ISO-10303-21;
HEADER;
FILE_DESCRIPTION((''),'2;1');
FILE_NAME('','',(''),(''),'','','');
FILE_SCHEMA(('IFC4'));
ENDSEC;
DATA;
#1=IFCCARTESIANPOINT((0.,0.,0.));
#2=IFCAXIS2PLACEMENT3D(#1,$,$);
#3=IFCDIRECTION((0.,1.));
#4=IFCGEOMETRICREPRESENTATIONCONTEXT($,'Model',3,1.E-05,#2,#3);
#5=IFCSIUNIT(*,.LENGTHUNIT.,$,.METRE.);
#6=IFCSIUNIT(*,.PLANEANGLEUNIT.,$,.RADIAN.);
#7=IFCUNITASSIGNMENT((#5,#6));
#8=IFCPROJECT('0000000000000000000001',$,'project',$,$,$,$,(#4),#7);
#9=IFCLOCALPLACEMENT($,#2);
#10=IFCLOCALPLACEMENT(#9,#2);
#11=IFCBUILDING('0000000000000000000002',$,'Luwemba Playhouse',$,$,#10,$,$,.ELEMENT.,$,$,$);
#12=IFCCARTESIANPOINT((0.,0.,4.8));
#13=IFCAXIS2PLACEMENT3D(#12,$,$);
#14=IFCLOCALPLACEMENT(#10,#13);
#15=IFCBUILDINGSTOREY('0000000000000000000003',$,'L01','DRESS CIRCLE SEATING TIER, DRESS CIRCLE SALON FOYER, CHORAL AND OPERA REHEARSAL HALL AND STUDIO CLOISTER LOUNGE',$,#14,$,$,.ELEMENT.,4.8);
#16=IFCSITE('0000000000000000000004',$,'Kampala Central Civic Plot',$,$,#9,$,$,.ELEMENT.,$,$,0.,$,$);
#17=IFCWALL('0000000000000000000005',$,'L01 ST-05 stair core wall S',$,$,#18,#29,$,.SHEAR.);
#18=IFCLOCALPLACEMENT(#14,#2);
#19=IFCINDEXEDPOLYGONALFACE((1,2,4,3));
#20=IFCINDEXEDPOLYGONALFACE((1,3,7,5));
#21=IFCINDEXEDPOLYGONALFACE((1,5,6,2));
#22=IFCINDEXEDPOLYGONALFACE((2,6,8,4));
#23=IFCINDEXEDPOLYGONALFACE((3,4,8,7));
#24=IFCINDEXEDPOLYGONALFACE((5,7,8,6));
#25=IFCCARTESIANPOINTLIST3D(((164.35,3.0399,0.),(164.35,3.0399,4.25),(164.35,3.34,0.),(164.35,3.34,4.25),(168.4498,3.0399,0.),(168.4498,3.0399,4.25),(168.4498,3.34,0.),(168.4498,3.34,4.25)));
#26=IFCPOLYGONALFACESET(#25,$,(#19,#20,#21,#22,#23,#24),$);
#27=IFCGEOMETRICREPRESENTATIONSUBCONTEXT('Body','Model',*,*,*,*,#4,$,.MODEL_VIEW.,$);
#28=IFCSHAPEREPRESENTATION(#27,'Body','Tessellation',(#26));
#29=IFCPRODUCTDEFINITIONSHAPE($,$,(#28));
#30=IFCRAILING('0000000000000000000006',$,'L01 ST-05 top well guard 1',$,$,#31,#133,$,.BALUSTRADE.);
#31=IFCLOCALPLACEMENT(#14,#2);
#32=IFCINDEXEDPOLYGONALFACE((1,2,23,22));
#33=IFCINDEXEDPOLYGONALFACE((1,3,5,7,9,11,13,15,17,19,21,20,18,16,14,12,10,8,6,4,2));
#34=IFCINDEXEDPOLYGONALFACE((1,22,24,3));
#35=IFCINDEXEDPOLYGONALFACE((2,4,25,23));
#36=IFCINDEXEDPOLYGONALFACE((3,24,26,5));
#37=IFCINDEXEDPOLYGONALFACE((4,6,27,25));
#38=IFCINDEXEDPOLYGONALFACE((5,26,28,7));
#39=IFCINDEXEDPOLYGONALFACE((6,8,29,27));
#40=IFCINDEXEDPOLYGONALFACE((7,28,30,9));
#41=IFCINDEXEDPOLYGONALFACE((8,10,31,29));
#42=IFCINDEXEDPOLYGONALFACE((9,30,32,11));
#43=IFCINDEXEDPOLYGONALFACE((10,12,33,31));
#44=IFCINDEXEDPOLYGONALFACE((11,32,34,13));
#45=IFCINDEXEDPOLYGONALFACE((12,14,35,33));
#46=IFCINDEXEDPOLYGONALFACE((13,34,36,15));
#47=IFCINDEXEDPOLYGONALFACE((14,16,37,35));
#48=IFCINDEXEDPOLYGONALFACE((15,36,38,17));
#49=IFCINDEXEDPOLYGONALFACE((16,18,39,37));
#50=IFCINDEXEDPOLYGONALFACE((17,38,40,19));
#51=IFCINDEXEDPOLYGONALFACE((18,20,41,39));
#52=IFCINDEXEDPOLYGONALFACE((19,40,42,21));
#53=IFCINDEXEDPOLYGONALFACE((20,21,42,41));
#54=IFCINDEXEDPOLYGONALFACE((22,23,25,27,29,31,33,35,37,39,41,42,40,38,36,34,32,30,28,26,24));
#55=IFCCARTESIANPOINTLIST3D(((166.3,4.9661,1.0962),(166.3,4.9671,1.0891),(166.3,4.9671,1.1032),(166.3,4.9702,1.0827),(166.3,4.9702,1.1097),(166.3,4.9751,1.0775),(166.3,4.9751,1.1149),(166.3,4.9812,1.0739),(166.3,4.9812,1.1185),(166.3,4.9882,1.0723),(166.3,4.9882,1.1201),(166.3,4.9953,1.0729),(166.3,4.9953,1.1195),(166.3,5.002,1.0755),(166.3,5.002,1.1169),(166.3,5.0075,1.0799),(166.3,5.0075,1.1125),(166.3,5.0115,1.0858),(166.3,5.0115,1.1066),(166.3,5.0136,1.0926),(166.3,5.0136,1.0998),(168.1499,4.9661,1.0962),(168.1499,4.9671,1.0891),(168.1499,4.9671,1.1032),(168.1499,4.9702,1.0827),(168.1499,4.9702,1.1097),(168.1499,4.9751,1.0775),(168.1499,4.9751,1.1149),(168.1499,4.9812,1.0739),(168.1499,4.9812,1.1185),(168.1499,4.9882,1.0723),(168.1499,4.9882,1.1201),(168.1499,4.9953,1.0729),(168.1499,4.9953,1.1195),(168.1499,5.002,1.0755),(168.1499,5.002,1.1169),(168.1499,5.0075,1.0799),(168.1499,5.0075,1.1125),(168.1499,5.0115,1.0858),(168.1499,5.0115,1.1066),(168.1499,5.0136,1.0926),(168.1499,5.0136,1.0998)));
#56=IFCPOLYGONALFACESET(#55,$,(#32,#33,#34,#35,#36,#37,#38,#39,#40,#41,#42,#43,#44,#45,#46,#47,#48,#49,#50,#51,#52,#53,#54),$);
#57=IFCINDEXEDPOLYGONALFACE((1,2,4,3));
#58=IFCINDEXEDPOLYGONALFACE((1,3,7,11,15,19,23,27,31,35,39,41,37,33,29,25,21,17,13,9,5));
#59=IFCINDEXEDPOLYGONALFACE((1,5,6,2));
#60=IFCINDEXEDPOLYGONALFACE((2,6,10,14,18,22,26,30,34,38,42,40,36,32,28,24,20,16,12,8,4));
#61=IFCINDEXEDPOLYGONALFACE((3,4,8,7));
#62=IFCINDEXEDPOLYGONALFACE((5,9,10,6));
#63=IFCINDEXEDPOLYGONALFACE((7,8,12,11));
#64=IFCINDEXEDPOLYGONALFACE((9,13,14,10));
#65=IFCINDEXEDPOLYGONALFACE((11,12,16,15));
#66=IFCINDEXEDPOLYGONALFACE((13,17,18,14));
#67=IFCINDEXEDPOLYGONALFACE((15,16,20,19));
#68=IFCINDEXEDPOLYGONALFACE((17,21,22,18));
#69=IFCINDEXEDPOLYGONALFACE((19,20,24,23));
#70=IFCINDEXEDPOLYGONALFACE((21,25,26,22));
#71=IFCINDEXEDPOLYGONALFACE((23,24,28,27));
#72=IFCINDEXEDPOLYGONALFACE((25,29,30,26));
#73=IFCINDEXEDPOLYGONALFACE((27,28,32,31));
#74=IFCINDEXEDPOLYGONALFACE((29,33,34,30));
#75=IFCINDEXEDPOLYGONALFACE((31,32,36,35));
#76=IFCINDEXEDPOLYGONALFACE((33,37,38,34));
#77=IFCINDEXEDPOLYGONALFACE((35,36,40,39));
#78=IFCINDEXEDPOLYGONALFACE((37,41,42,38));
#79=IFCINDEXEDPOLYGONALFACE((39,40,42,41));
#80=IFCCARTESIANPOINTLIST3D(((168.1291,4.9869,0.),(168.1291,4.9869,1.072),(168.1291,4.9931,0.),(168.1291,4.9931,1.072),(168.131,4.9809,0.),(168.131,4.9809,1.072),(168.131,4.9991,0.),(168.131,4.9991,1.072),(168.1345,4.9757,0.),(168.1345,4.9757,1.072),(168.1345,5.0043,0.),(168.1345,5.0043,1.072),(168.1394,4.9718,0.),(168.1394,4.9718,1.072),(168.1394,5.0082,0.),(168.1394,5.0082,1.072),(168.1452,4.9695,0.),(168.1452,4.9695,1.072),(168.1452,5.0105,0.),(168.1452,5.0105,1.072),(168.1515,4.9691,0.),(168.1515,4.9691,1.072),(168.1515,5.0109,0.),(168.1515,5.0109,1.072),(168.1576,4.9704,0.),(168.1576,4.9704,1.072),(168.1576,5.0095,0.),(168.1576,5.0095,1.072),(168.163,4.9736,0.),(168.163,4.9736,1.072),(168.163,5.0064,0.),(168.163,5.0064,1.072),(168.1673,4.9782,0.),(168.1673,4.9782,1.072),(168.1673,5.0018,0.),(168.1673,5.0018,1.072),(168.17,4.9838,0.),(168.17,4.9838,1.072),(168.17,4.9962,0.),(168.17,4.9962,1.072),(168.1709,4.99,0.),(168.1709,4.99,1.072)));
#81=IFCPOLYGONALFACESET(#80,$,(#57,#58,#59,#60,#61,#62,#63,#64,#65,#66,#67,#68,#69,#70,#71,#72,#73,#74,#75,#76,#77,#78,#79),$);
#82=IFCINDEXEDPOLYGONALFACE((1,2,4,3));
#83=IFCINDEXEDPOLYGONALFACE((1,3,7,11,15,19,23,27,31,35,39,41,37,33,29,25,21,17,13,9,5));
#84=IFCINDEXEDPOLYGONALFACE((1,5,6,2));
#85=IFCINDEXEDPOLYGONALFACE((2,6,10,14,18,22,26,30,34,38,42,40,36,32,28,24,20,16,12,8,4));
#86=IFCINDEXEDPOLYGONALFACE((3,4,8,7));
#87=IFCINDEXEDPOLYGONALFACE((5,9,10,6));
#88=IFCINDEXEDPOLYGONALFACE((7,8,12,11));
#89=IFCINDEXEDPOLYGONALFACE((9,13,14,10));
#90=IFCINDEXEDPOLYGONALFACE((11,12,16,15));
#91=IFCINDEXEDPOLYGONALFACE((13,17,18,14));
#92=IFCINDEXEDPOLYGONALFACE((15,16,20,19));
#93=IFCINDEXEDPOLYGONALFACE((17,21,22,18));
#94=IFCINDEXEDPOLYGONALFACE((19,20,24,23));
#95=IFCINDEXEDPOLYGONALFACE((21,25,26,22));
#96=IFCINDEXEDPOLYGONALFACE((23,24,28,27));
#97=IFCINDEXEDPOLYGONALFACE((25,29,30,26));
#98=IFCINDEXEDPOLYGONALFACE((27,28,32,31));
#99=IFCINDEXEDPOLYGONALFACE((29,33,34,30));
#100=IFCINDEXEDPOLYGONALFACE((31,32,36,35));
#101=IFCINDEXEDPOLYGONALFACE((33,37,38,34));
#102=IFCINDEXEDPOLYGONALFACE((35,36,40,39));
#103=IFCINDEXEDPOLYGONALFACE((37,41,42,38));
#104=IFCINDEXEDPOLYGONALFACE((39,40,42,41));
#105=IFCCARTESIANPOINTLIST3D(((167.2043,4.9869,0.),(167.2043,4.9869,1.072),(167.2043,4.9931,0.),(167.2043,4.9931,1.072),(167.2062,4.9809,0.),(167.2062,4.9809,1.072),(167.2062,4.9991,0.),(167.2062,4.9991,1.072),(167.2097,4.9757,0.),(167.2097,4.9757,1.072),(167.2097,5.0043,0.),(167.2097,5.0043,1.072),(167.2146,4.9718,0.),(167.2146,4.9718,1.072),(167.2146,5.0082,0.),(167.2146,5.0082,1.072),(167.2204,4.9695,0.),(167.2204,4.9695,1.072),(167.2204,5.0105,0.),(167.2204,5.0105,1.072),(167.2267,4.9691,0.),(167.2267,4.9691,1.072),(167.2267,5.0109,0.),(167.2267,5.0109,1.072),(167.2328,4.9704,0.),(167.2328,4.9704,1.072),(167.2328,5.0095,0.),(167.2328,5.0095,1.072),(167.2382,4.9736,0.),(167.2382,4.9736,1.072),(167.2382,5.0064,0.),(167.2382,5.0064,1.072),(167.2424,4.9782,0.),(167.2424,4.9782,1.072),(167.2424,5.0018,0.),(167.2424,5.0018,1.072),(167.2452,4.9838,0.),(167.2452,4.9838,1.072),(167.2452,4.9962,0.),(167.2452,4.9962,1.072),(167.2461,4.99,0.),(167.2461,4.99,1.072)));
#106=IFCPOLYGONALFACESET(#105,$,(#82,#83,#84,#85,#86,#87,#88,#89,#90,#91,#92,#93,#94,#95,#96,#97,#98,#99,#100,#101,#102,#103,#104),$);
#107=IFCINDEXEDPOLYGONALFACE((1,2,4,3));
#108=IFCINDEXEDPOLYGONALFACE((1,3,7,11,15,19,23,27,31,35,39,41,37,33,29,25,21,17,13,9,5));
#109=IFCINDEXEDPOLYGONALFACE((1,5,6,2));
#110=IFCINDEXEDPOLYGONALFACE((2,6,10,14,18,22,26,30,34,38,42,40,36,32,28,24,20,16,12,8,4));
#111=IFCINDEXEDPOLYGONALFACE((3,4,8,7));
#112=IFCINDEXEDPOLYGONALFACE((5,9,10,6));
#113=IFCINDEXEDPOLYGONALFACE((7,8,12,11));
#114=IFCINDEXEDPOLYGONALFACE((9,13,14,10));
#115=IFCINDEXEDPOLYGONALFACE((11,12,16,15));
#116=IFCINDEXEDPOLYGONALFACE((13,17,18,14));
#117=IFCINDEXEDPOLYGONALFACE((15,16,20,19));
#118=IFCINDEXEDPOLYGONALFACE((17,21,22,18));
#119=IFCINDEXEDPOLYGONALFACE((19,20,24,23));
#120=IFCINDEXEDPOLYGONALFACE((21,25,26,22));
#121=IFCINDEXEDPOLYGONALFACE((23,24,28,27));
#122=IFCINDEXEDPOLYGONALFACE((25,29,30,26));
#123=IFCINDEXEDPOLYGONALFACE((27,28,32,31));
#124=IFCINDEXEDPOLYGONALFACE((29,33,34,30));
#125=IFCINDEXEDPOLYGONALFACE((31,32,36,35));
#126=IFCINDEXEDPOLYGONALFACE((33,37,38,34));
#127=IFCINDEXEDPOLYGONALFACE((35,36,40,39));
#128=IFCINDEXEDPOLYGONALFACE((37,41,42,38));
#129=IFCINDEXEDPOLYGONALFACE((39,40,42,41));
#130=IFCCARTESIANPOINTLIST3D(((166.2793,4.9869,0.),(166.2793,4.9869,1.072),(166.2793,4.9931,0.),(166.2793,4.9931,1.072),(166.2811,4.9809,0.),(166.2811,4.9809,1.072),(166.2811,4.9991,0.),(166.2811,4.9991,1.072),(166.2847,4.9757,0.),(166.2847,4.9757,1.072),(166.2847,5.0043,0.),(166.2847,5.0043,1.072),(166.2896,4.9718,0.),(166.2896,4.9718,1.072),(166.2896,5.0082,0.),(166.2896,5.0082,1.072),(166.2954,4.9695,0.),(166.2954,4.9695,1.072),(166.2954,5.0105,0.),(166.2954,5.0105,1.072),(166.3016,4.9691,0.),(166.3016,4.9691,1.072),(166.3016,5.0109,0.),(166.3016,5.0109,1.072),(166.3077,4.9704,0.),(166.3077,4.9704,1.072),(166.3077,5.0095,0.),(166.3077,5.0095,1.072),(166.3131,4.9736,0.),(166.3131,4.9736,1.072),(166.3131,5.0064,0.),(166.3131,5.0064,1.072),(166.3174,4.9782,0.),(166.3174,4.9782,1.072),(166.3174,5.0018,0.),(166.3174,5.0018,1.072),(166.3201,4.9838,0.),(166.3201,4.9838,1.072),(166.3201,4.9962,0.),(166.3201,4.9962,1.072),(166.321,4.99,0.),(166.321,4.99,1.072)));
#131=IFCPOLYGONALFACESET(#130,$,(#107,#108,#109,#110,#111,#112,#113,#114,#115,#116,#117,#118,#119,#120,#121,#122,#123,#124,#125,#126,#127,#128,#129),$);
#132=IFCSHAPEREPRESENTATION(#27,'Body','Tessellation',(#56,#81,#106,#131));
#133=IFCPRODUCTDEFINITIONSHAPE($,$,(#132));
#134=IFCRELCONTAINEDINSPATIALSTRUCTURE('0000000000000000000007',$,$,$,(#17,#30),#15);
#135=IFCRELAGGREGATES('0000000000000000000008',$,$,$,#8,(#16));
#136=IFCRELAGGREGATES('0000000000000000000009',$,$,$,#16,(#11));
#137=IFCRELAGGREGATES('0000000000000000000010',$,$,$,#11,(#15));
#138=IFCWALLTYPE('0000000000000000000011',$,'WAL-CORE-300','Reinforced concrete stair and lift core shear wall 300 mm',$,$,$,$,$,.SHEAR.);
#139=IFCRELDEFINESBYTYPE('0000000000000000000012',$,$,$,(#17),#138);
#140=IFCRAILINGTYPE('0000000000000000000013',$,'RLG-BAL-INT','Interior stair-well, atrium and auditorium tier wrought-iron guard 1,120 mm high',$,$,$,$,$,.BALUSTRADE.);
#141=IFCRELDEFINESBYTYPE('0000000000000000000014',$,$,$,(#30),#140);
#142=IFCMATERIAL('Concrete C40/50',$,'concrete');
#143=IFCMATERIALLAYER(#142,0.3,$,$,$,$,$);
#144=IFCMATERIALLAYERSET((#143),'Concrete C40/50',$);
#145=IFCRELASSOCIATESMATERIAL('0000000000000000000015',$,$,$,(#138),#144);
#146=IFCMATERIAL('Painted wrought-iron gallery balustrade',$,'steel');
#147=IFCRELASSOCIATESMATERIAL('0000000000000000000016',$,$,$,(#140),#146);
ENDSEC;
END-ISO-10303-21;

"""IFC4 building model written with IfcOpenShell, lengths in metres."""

from ifc_helpers import new_model, si_unit, direction, frame, frame_2d, origin, origin_2d, place, context, subcontext, project, spatial, rectangle, circle, extrude, material, layer, layer_set, type_object, element, save


model = new_model("IFC4")

# Units and contexts
model_context = context("Model", 3, precision=1e-05, world=origin(), true_north=direction((0.0, 1.0)))
body_context = subcontext(model_context, "Body", "Model", "MODEL_VIEW")
ifc_project = project(units=[si_unit("LENGTHUNIT", "METRE"), si_unit("PLANEANGLEUNIT", "RADIAN")], contexts=[model_context])

# Site, building, storey
site_placement = place(None, origin())
site = spatial("IfcSite", under=ifc_project, at=site_placement, Name="Kampala Central Civic Plot", CompositionType="ELEMENT", RefElevation=0.0)
building_placement = place(site_placement, origin())
building = spatial("IfcBuilding", under=site, at=building_placement, Name="Luwemba Playhouse", CompositionType="ELEMENT")
storey_placement = place(building_placement, frame((0.0, 0.0, 4.8)))
storey = spatial("IfcBuildingStorey", under=building, at=storey_placement, Name="L01", Description="DRESS CIRCLE SEATING TIER, DRESS CIRCLE SALON FOYER, CHORAL AND OPERA REHEARSAL HALL AND STUDIO CLOISTER LOUNGE", CompositionType="ELEMENT", Elevation=4.8)

# Shared definitions
ifc_material_1 = material(Name="Concrete C40/50", Category="concrete")

# Wall
ifc_layer_1 = layer(ifc_material_1, 0.3)
ifc_layer_set_1 = layer_set([ifc_layer_1], Name="Concrete C40/50")
wall_type = type_object("IfcWallType", Name="WAL-CORE-300", Description="Reinforced concrete stair and lift core shear wall 300 mm", PredefinedType="SHEAR", material=ifc_layer_set_1)
wall_placement = place(storey_placement, frame((164.3501, 3.1899, 0.0), z_axis=(0.0, 0.0, 1.0), x_axis=(1.0, 0.0, 0.0)))
element("IfcWall", 1, at=wall_placement, inside=storey, type_object=wall_type, Name="L01 ST-05 stair core wall S", PredefinedType="SHEAR", context=body_context, shape_type="SweptSolid", body=[
    extrude(rectangle(XDim=4.0999, YDim=0.3, at=frame_2d((2.0498, 0.0))), origin(), (0.0, 0.0, 1.0), 4.25),
])

# Railing
ifc_material_2 = material(Name="Painted wrought-iron gallery balustrade", Category="steel")
railing_type = type_object("IfcRailingType", Name="RLG-BAL-INT", Description="Interior stair-well, atrium and auditorium tier wrought-iron guard 1,120 mm high", PredefinedType="BALUSTRADE", material=ifc_material_2)
railing_placement = place(storey_placement, frame((168.1499, 4.99, 0.0)))
element("IfcRailing", 2, at=railing_placement, inside=storey, type_object=railing_type, Name="L01 ST-05 top well guard 1", PredefinedType="BALUSTRADE", context=body_context, shape_type="SweptSolid", body=[
    extrude(circle(Radius=0.0239, at=origin_2d()), frame((0.0, 0.0, 1.0962), z_axis=(-1.0, 0.0, 0.0), x_axis=(0.0, -1.0, 0.0)), (0.0, 0.0, 1.0), 1.8499),
    extrude(circle(Radius=0.021, at=origin_2d()), origin(), (0.0, 0.0, 1.0), 1.072),
    extrude(circle(Radius=0.021, at=origin_2d()), frame((-0.9248, 0.0, 0.0)), (0.0, 0.0, 1.0), 1.072),
    extrude(circle(Radius=0.021, at=origin_2d()), frame((-1.8499, 0.0, 0.0)), (0.0, 0.0, 1.0), 1.072),
])

save(model, "model.ifc")
